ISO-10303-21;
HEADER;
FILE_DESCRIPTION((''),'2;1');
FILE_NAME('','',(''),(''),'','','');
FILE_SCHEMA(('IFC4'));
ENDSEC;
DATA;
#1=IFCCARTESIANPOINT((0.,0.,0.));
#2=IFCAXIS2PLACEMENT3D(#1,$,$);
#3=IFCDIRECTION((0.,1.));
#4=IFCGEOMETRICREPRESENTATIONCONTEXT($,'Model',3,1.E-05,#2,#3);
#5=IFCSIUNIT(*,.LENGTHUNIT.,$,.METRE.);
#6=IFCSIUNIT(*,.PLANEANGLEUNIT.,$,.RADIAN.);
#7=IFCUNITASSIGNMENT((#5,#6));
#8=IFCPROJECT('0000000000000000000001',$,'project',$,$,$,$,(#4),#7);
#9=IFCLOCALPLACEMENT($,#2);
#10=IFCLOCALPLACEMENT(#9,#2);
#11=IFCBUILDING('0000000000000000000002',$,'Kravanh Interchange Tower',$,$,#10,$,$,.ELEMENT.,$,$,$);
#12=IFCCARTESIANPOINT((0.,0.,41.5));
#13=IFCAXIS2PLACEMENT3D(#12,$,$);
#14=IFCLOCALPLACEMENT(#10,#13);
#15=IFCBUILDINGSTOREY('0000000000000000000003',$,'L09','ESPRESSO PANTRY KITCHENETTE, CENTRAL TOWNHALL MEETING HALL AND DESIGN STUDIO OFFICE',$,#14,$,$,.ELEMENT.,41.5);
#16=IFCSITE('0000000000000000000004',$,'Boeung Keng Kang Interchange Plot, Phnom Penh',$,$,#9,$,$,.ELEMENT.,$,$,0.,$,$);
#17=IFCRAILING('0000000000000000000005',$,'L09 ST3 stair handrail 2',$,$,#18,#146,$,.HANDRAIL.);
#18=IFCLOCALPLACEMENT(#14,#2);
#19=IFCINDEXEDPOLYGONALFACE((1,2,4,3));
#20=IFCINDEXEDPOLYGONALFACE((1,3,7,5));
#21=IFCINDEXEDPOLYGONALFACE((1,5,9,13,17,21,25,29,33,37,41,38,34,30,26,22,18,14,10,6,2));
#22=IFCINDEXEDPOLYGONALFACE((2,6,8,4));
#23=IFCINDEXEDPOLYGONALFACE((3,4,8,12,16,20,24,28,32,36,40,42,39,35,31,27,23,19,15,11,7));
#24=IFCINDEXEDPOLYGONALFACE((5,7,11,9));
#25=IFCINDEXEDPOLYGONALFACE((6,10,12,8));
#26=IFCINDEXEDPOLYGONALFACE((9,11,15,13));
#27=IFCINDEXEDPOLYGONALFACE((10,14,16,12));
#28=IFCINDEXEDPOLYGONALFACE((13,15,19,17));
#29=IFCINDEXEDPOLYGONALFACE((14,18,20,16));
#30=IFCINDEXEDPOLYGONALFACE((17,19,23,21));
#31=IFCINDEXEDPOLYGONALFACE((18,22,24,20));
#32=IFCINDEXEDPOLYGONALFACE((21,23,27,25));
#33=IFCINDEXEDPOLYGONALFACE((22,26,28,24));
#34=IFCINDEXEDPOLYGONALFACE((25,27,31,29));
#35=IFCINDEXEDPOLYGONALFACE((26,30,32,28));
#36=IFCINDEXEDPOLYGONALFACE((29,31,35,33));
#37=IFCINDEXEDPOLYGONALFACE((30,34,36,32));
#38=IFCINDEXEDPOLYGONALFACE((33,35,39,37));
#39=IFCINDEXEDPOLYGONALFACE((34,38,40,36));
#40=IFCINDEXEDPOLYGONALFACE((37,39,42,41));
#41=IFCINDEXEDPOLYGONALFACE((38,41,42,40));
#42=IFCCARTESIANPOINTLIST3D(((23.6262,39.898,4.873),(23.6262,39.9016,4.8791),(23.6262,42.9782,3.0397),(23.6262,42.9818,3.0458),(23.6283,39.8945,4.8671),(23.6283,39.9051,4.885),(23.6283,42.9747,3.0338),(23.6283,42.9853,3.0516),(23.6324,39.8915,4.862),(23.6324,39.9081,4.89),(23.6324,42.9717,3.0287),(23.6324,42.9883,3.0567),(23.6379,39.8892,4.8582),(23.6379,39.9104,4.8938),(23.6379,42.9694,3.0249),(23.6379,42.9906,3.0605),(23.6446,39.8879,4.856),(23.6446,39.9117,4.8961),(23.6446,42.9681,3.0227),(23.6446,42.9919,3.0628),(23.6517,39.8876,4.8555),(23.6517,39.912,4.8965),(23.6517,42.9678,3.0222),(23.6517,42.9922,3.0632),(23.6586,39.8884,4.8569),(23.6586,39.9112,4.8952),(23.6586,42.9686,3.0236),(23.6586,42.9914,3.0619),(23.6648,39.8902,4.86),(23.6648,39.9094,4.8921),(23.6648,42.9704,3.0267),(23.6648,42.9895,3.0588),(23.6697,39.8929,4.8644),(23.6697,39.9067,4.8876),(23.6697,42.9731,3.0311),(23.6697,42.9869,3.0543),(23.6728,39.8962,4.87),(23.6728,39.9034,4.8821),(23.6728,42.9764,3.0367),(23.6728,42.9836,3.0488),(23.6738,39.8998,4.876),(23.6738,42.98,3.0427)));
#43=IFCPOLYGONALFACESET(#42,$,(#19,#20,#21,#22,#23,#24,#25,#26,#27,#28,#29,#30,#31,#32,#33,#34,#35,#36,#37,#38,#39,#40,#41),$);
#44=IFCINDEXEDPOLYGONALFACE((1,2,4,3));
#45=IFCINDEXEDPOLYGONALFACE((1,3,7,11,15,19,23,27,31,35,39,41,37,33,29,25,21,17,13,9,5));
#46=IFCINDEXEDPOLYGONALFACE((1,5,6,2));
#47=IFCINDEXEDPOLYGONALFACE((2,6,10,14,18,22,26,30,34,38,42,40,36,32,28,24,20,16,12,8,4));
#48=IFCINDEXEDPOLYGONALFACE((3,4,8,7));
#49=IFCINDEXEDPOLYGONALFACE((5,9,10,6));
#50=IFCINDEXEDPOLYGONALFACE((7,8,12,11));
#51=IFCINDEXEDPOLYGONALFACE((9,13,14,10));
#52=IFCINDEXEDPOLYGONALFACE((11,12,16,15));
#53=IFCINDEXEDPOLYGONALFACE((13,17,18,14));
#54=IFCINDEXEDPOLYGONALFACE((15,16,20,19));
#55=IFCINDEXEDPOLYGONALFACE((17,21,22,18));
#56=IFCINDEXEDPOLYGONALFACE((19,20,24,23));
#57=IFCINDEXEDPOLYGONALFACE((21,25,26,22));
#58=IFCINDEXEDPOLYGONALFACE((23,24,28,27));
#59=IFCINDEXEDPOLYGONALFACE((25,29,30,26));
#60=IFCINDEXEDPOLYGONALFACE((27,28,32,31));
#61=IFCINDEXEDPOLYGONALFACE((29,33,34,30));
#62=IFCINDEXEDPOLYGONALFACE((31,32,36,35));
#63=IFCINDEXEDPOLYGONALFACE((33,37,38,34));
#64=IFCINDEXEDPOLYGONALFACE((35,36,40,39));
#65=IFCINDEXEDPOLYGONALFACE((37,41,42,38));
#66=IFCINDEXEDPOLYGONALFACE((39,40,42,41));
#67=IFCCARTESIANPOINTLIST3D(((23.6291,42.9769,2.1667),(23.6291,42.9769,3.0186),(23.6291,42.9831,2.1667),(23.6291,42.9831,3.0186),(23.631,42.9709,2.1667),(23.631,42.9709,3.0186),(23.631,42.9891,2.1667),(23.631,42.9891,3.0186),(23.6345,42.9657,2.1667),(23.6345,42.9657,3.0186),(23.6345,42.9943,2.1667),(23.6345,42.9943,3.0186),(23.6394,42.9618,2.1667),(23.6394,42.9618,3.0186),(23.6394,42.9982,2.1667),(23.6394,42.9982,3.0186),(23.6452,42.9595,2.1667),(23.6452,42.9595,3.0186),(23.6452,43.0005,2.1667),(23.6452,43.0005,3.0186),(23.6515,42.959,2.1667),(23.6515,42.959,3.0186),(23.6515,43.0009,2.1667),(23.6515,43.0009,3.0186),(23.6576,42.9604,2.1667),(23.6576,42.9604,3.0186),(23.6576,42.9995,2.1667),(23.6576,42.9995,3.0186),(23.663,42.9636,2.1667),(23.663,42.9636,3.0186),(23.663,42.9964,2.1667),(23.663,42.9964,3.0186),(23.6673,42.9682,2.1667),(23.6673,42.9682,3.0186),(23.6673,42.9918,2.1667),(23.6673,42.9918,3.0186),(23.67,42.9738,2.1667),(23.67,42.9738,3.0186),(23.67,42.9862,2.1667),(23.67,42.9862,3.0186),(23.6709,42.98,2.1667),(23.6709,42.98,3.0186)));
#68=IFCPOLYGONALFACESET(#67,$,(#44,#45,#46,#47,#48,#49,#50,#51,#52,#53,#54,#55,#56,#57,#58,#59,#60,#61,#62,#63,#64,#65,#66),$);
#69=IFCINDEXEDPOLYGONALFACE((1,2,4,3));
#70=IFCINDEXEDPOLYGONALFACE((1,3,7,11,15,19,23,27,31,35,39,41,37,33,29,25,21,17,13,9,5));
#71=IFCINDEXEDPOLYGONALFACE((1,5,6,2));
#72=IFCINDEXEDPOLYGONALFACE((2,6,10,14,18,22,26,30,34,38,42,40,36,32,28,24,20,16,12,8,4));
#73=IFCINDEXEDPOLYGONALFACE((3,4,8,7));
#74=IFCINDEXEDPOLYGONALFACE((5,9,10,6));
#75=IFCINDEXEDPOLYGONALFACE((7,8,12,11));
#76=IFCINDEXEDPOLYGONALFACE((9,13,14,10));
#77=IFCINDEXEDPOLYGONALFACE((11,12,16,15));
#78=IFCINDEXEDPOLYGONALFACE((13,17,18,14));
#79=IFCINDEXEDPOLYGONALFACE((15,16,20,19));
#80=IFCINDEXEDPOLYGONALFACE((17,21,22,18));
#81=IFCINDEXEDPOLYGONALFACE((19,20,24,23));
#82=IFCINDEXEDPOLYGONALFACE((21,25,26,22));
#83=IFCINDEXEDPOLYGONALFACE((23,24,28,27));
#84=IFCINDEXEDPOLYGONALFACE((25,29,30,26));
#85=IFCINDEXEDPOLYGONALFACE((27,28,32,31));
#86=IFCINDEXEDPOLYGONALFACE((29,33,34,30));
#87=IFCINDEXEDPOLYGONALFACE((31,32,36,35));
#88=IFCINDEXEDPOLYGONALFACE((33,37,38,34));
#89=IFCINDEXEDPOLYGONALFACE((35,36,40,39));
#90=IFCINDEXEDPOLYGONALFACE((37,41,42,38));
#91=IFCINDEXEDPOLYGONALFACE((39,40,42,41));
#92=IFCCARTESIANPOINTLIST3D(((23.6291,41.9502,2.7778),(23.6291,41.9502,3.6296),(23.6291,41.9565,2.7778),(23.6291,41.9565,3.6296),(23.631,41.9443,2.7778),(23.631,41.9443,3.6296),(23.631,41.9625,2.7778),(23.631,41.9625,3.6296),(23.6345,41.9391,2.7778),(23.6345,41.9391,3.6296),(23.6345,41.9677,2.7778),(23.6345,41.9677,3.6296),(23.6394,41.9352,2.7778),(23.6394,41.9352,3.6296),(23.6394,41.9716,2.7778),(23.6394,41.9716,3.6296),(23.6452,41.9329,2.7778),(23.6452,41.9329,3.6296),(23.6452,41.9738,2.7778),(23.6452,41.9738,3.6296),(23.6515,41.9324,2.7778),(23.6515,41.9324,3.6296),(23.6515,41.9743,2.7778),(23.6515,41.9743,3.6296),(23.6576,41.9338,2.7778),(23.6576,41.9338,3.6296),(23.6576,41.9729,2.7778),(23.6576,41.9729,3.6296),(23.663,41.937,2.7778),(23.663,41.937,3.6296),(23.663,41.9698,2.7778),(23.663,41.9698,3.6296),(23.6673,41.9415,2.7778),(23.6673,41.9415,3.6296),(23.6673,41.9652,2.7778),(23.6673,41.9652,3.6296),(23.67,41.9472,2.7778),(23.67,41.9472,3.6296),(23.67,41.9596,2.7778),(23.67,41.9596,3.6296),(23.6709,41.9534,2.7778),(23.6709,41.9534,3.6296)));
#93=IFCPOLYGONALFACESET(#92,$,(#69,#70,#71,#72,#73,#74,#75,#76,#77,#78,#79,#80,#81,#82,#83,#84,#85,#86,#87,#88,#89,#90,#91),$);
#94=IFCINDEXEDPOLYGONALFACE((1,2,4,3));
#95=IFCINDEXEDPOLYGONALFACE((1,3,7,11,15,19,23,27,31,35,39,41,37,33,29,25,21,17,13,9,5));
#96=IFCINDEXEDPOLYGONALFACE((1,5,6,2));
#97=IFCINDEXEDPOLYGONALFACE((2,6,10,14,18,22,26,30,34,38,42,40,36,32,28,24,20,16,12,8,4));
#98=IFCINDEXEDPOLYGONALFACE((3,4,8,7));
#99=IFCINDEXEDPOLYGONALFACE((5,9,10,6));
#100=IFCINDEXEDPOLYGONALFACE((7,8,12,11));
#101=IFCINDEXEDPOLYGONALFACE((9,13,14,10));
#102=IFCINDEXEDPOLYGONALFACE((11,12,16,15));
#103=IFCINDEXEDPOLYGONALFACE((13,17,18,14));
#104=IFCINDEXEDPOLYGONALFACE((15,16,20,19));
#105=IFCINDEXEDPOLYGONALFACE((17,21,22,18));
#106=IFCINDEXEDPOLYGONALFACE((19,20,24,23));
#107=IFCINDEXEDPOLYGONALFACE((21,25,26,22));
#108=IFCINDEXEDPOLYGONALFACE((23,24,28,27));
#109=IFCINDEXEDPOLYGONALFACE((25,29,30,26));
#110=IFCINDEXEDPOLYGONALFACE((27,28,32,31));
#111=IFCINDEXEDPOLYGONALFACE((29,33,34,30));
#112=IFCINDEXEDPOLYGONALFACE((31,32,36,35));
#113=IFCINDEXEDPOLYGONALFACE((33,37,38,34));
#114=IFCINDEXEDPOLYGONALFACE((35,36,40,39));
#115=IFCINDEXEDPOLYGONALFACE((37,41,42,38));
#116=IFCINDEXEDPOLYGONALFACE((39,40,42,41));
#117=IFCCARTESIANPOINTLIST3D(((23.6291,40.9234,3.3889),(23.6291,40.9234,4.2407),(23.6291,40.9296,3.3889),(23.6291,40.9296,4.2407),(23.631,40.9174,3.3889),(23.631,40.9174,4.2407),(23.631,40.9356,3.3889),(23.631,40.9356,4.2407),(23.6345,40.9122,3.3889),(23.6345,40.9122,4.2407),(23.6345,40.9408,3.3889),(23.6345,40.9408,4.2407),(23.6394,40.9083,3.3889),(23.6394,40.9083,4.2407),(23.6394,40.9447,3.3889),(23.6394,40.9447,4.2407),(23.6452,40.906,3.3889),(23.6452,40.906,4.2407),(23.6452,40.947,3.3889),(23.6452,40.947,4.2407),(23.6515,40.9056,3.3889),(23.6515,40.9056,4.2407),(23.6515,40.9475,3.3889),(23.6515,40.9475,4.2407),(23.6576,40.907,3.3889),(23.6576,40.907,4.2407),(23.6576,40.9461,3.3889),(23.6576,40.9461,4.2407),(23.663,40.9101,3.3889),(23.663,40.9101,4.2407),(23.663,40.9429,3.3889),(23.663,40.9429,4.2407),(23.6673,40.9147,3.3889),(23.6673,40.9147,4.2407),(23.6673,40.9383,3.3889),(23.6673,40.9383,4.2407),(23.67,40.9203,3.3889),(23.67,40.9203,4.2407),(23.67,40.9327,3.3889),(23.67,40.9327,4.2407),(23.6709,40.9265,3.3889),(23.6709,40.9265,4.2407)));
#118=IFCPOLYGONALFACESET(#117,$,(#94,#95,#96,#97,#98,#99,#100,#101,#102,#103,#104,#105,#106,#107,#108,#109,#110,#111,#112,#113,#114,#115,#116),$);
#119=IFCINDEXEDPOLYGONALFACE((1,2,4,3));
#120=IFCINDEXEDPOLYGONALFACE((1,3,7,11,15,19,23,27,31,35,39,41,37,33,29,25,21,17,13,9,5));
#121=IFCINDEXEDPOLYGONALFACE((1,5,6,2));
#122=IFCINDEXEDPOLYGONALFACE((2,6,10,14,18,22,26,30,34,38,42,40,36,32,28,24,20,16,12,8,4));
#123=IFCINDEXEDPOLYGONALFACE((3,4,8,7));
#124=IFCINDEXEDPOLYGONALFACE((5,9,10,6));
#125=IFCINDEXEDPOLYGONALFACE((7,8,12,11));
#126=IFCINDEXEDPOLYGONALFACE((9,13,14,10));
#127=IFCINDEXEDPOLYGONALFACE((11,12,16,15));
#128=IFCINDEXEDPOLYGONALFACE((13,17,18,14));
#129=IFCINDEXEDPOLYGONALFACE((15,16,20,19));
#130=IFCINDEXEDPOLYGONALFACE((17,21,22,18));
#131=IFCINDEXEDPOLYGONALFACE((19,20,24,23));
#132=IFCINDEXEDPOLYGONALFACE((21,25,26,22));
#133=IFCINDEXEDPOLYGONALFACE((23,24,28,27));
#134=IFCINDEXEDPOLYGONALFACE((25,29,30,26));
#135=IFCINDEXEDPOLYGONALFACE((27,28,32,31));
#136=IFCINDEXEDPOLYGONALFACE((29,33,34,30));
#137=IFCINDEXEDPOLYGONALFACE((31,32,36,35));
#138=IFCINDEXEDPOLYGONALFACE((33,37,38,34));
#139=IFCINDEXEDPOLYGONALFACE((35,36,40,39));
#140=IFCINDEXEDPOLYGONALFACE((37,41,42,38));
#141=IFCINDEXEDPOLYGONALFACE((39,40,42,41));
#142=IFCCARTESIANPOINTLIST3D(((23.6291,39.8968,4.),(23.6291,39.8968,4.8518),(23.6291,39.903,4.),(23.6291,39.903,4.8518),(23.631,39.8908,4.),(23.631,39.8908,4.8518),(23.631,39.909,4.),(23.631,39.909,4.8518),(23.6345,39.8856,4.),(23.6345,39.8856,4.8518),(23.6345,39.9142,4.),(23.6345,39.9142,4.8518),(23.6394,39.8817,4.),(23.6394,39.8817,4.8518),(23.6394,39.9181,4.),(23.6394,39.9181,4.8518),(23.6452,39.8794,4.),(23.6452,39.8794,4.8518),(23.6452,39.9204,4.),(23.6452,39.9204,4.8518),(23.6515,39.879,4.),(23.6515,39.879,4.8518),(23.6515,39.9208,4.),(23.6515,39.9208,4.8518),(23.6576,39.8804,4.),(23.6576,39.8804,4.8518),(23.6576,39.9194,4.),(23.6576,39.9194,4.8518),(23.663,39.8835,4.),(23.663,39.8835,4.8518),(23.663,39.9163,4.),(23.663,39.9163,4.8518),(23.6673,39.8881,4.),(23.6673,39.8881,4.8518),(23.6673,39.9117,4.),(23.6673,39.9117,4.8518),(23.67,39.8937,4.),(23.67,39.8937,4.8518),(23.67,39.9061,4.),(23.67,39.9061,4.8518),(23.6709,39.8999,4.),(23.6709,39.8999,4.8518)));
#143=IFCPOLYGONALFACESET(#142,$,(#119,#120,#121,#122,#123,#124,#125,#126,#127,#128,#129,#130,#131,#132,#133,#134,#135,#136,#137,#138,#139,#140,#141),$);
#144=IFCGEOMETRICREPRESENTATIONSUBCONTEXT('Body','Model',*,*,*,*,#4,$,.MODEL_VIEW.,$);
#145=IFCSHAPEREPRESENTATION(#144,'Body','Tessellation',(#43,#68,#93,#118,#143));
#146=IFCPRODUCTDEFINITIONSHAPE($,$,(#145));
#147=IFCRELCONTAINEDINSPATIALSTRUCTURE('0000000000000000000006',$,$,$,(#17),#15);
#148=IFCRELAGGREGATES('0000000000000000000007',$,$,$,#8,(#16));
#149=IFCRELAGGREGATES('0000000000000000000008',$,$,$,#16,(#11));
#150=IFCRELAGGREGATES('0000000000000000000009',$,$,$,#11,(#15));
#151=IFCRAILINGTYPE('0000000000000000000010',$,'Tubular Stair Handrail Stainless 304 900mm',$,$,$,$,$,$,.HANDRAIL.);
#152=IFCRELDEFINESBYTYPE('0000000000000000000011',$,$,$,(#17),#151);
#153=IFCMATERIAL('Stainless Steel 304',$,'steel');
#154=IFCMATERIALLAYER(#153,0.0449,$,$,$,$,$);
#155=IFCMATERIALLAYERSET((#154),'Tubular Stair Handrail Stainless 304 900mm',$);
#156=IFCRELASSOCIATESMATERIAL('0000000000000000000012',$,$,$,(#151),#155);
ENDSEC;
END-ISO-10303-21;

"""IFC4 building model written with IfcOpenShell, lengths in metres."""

from ifc_helpers import new_model, si_unit, direction, frame, origin, origin_2d, place, context, subcontext, project, spatial, circle, extrude, material, layer, layer_set, type_object, element, save


model = new_model("IFC4")

# Units and contexts
model_context = context("Model", 3, precision=1e-05, world=origin(), true_north=direction((0.0, 1.0)))
body_context = subcontext(model_context, "Body", "Model", "MODEL_VIEW")
ifc_project = project(units=[si_unit("LENGTHUNIT", "METRE"), si_unit("PLANEANGLEUNIT", "RADIAN")], contexts=[model_context])

# Site, building, storey
site_placement = place(None, origin())
site = spatial("IfcSite", under=ifc_project, at=site_placement, Name="Boeung Keng Kang Interchange Plot, Phnom Penh", CompositionType="ELEMENT", RefElevation=0.0)
building_placement = place(site_placement, origin())
building = spatial("IfcBuilding", under=site, at=building_placement, Name="Kravanh Interchange Tower", CompositionType="ELEMENT")
storey_placement = place(building_placement, frame((0.0, 0.0, 41.5)))
storey = spatial("IfcBuildingStorey", under=building, at=storey_placement, Name="L09", Description="ESPRESSO PANTRY KITCHENETTE, CENTRAL TOWNHALL MEETING HALL AND DESIGN STUDIO OFFICE", CompositionType="ELEMENT", Elevation=41.5)

# Railing
ifc_material_1 = material(Name="Stainless Steel 304", Category="steel")
ifc_layer_1 = layer(ifc_material_1, 0.0449)
ifc_layer_set_1 = layer_set([ifc_layer_1], Name="Tubular Stair Handrail Stainless 304 900mm")
railing_type_1 = type_object("IfcRailingType", Name="Tubular Stair Handrail Stainless 304 900mm", PredefinedType="HANDRAIL", material=ifc_layer_set_1)
railing_1_placement = place(storey_placement, frame((23.6499, 42.98, 2.1667)))
element("IfcRailing", 1, at=railing_1_placement, inside=storey, type_object=railing_type_1, Name="L09 ST3 stair handrail 2", PredefinedType="HANDRAIL", context=body_context, shape_type="SweptSolid", body=[
    extrude(circle(Radius=0.0239, at=origin_2d()), frame((0.0, 0.0, 0.876), z_axis=(0.0, -0.859309, 0.511458), x_axis=(1.0, 0.0, 0.0)), (0.0, 0.0, 1.0), 3.5845),
    extrude(circle(Radius=0.021, at=origin_2d()), origin(), (0.0, 0.0, 1.0), 0.8518),
    extrude(circle(Radius=0.021, at=origin_2d()), frame((0.0, -1.0266, 0.6111)), (0.0, 0.0, 1.0), 0.8518),
    extrude(circle(Radius=0.021, at=origin_2d()), frame((0.0, -2.0535, 1.2222)), (0.0, 0.0, 1.0), 0.8518),
    extrude(circle(Radius=0.021, at=origin_2d()), frame((0.0, -3.0801, 1.8333)), (0.0, 0.0, 1.0), 0.8518),
])

save(model, "model.ifc")
